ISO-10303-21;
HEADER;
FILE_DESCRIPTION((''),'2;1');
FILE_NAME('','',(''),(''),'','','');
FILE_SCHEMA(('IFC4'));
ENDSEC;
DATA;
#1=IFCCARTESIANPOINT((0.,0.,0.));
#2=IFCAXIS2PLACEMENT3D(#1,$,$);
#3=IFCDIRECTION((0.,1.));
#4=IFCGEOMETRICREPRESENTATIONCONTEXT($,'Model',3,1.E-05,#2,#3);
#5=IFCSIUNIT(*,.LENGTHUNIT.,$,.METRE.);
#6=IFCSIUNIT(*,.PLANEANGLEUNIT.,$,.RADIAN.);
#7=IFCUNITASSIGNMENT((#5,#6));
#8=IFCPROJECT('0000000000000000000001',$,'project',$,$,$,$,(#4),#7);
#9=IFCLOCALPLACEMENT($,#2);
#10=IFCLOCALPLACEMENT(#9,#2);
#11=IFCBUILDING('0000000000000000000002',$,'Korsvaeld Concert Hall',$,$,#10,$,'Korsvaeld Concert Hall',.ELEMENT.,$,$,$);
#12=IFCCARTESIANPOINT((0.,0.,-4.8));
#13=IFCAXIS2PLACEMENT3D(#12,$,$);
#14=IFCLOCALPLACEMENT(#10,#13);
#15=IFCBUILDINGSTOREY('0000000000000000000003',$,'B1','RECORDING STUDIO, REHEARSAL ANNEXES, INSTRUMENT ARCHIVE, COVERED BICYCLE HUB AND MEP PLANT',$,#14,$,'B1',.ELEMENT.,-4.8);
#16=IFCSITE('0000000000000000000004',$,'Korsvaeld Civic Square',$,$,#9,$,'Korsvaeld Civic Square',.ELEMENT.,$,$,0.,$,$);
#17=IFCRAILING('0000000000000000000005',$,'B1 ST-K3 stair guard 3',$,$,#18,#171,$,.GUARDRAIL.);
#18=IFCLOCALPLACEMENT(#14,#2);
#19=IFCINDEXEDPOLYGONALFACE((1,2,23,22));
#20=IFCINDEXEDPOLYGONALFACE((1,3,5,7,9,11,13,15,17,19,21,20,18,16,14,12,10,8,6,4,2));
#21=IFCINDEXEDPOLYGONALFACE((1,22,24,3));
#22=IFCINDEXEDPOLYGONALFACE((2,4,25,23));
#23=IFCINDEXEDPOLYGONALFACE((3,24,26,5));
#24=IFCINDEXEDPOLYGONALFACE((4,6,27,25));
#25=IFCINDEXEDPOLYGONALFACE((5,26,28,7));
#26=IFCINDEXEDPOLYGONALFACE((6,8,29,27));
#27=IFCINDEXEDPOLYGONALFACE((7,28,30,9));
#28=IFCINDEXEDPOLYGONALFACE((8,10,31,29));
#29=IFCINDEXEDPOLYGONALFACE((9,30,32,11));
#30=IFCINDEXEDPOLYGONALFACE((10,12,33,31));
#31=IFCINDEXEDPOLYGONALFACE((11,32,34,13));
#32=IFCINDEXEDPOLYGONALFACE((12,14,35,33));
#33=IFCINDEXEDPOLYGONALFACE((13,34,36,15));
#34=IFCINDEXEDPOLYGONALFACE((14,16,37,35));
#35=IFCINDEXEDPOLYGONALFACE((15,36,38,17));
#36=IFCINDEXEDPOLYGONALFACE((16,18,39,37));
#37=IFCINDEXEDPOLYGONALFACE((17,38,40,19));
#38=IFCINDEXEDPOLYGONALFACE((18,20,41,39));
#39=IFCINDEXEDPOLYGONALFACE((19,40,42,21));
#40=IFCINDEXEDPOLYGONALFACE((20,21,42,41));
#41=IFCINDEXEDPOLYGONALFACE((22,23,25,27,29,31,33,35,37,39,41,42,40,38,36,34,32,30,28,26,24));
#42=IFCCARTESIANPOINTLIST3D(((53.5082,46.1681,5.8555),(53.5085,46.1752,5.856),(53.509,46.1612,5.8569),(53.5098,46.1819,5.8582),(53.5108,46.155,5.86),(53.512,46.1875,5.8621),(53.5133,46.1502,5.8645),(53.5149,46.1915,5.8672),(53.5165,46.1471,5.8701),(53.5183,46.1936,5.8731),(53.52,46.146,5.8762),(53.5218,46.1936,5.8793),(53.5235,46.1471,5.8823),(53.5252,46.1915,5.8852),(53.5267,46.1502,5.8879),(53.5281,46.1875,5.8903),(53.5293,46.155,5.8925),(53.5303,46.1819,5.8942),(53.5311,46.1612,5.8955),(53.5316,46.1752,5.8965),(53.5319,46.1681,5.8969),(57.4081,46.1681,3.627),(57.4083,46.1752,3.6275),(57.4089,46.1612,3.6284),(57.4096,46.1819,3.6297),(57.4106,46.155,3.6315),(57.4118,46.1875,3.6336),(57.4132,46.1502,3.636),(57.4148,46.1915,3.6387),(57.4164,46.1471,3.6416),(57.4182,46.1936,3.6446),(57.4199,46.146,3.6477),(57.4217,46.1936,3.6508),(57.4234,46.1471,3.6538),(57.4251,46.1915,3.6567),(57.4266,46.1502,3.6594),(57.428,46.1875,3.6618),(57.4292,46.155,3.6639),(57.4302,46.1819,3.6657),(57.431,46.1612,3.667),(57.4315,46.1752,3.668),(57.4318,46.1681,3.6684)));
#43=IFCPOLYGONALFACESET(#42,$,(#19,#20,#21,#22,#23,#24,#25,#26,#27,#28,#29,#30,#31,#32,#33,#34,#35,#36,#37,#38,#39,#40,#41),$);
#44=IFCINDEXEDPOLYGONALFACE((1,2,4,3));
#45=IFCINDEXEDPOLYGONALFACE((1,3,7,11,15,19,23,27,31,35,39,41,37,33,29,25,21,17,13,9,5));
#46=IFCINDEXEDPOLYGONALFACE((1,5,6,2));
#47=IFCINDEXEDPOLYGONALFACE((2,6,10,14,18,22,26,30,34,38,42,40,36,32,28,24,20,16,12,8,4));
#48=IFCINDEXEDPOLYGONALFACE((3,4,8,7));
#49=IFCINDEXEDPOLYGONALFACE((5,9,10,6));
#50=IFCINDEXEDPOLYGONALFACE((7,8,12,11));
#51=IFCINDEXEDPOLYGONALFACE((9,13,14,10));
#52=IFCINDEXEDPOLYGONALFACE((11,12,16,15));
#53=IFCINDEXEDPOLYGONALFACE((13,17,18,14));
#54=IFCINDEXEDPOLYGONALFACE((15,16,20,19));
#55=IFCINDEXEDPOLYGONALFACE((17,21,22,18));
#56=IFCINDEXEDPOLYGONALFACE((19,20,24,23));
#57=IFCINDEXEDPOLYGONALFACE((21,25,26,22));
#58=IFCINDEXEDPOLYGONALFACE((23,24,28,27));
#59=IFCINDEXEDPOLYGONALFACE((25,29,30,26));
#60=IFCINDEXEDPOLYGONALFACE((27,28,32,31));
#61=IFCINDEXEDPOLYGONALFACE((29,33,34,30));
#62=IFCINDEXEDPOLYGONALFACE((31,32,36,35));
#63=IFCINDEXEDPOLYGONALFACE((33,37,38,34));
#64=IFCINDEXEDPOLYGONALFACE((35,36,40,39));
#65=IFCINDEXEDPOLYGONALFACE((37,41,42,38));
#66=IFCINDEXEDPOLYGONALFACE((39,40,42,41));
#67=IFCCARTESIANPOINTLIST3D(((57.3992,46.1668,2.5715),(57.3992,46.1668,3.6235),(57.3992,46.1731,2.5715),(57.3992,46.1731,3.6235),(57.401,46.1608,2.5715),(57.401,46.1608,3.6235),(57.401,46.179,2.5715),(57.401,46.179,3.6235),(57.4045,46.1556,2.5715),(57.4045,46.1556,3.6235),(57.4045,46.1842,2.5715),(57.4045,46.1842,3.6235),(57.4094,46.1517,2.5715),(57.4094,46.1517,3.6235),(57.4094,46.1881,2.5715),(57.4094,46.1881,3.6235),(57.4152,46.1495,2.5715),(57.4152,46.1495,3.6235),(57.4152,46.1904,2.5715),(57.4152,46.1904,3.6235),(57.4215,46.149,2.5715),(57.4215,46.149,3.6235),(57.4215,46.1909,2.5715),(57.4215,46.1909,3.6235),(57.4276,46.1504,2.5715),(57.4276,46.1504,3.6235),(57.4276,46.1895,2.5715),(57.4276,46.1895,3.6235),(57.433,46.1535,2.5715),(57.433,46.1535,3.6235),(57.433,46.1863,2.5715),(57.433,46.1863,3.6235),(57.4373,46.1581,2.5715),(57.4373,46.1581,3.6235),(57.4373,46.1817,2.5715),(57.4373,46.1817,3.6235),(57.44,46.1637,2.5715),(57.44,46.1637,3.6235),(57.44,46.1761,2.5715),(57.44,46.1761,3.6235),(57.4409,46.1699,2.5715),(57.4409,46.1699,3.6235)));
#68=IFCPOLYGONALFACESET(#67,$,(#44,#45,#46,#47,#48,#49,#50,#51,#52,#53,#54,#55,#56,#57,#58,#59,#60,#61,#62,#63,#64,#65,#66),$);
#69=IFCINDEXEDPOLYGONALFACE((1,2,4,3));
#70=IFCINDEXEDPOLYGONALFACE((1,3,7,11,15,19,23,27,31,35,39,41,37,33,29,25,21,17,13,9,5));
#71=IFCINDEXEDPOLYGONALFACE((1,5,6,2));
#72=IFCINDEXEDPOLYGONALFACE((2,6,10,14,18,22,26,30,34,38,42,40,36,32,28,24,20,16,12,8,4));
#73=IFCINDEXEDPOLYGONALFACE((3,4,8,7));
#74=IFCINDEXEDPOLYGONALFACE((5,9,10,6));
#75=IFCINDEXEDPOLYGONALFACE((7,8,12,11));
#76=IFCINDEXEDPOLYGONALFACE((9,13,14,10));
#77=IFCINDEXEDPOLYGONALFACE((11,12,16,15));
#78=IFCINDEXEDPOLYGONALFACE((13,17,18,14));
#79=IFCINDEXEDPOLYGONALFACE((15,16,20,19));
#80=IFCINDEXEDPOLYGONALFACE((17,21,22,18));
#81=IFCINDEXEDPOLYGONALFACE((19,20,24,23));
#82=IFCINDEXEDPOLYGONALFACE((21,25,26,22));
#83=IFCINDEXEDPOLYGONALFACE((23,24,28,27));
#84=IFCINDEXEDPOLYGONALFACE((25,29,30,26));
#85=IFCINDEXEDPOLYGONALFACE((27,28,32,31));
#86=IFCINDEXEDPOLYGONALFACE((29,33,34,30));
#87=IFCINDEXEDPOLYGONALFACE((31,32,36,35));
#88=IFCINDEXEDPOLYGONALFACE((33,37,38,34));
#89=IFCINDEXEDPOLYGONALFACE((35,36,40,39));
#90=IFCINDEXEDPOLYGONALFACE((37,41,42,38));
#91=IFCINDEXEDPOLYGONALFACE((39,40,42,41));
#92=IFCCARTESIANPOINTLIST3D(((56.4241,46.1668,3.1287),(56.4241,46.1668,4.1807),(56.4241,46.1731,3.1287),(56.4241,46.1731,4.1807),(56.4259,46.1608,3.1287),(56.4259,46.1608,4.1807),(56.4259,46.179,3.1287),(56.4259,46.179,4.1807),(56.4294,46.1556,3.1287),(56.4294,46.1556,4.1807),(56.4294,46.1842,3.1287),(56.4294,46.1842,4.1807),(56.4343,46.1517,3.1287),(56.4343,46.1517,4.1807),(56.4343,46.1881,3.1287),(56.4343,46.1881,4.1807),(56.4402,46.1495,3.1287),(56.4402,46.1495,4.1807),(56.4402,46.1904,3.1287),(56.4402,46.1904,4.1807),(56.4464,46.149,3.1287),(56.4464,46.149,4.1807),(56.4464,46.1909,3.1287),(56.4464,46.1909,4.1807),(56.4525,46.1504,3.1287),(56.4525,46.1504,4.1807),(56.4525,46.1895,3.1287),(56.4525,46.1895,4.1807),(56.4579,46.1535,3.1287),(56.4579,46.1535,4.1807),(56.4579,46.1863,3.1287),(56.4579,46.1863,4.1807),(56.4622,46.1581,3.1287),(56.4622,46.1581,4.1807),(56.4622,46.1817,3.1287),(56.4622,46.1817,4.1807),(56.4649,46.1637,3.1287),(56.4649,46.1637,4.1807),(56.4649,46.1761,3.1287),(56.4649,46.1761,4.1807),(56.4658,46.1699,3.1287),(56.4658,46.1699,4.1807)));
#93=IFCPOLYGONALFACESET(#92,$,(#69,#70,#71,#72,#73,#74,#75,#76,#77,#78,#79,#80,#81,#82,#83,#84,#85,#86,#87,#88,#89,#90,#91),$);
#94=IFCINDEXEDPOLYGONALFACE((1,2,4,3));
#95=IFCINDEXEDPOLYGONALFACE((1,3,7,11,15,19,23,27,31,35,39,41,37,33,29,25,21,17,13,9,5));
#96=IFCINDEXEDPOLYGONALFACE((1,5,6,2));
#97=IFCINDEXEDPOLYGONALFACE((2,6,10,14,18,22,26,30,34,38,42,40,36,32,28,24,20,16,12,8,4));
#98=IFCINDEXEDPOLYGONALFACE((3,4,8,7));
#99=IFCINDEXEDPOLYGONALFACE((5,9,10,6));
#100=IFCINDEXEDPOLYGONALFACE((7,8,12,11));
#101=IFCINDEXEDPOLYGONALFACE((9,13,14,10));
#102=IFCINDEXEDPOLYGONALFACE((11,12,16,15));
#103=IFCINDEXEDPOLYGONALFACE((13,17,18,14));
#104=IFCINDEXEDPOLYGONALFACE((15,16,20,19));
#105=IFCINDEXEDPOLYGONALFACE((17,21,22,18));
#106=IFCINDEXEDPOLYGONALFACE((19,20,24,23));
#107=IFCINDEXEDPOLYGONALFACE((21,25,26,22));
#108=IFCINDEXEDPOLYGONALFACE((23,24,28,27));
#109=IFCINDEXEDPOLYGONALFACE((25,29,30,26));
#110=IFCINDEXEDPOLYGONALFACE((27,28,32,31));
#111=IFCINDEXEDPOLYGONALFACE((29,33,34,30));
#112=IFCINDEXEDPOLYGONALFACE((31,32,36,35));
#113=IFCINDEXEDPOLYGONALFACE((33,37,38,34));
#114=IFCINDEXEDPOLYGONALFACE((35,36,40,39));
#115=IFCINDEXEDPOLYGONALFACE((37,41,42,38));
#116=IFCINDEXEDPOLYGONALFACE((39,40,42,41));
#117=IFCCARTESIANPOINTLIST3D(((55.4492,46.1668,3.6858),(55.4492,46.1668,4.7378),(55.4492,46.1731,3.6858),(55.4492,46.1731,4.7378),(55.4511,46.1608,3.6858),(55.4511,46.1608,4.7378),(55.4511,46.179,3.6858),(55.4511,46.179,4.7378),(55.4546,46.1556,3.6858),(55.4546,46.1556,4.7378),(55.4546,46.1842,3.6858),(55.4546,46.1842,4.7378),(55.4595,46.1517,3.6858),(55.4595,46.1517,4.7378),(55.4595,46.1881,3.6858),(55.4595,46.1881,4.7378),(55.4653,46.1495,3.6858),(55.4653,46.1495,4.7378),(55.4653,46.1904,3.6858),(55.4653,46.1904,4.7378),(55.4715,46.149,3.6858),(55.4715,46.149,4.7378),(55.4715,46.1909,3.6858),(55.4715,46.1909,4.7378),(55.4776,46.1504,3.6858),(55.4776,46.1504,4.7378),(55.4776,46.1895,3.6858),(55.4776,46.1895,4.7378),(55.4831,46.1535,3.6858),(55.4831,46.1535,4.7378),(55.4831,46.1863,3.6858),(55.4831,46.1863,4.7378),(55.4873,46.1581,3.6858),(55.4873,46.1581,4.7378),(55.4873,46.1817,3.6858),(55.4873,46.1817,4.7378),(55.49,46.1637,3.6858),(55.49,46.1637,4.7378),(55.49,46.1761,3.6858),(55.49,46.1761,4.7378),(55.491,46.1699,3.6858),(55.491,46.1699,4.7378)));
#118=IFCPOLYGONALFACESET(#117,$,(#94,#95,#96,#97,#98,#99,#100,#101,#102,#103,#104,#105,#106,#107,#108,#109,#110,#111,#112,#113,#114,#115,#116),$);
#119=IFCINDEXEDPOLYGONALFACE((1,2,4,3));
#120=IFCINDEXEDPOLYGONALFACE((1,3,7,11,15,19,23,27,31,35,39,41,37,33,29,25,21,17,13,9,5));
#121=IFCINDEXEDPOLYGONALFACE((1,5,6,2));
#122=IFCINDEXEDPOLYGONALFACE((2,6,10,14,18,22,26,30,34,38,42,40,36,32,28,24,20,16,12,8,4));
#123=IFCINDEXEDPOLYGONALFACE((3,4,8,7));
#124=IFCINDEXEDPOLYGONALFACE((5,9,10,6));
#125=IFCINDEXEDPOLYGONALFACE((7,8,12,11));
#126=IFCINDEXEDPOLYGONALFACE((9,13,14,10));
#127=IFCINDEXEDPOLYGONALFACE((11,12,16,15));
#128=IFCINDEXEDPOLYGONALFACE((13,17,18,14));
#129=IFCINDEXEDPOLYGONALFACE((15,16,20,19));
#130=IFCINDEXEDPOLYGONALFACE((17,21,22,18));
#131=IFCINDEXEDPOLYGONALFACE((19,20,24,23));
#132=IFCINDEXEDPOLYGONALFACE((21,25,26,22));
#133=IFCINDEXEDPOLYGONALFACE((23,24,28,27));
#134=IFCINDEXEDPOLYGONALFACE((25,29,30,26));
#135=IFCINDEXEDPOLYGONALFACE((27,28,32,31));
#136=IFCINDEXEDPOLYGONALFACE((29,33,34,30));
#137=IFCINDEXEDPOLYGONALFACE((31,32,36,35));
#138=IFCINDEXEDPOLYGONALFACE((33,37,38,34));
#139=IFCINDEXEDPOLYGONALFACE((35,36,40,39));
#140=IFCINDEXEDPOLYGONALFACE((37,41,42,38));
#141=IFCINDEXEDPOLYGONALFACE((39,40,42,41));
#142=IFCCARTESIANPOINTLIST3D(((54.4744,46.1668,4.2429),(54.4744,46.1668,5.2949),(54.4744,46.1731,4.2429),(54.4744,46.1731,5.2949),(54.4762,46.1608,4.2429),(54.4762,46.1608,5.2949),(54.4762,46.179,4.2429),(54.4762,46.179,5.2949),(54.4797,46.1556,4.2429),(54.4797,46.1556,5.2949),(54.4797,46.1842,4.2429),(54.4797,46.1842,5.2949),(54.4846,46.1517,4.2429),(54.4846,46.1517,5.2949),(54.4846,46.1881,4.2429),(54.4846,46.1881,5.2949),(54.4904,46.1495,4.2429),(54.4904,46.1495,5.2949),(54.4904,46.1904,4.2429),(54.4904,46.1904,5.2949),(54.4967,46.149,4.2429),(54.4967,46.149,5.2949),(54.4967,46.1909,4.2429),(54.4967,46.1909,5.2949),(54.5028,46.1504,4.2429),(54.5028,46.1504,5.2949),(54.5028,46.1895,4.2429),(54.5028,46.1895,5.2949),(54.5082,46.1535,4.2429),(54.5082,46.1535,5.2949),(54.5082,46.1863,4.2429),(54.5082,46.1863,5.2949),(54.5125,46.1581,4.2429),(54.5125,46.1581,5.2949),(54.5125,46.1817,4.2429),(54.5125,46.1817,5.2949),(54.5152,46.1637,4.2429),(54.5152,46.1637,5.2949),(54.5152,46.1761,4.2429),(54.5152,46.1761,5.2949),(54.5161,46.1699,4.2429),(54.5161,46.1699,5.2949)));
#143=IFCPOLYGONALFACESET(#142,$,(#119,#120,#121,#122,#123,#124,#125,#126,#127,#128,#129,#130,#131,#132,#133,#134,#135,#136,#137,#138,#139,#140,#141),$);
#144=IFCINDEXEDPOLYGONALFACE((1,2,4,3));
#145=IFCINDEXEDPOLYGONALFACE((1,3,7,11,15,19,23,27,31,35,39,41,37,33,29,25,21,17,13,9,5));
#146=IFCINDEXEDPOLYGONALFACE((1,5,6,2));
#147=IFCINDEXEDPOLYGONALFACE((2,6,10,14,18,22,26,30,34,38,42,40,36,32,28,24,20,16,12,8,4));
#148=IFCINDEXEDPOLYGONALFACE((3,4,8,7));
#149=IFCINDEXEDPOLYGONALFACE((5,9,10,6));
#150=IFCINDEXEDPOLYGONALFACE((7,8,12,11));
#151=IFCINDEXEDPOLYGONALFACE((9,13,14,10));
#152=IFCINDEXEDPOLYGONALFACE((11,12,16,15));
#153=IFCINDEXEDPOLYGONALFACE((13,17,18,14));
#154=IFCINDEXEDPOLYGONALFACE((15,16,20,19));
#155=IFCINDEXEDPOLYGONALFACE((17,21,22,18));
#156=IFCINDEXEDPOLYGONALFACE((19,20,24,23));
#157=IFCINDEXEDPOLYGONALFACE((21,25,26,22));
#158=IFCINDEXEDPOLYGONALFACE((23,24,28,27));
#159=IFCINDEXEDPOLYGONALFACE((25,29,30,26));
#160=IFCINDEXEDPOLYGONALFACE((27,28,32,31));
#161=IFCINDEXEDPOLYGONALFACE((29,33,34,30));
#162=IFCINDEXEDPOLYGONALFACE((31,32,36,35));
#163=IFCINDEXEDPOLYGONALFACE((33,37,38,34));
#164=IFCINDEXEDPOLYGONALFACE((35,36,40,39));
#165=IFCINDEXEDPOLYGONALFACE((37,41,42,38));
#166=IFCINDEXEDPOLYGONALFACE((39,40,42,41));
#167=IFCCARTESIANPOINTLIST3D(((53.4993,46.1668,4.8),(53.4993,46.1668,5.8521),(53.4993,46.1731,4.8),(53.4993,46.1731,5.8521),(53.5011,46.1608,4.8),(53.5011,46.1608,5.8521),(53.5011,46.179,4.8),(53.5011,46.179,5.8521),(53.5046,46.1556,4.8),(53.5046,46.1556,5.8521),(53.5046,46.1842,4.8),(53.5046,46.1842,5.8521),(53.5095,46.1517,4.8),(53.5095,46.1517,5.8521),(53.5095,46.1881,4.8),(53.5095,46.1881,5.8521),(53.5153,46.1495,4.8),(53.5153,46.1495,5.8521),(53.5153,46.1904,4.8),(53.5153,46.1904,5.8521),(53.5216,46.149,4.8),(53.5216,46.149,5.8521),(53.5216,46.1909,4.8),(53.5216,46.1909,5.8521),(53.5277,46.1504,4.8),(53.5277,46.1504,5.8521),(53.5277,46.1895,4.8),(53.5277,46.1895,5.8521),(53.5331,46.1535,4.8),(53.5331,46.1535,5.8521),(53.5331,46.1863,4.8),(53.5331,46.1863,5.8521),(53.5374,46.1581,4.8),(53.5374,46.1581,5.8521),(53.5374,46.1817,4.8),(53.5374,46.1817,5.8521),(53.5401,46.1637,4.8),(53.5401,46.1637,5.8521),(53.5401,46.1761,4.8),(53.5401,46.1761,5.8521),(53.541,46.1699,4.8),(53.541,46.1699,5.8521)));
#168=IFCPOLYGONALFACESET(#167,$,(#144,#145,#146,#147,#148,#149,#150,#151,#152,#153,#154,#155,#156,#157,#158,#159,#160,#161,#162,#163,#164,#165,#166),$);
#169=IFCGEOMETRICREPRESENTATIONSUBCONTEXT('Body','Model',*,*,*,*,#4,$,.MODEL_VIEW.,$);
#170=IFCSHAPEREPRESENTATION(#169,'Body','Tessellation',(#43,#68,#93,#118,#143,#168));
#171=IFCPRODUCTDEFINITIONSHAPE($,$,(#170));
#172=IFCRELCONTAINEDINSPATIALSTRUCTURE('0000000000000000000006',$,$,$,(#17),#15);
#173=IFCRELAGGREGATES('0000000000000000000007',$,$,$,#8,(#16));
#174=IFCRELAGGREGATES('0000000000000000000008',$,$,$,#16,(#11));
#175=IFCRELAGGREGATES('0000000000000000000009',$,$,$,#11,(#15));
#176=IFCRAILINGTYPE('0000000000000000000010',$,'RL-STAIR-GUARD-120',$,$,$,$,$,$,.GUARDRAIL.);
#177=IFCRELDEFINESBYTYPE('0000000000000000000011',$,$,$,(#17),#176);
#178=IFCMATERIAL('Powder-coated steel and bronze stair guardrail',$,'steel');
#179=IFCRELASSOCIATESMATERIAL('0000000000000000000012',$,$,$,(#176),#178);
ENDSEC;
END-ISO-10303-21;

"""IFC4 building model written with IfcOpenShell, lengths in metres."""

from ifc_helpers import new_model, si_unit, direction, frame, origin, origin_2d, place, context, subcontext, project, spatial, circle, extrude, material, type_object, element, save


model = new_model("IFC4")

# Units and contexts
model_context = context("Model", 3, precision=1e-05, world=origin(), true_north=direction((0.0, 1.0)))
body_context = subcontext(model_context, "Body", "Model", "MODEL_VIEW")
ifc_project = project(units=[si_unit("LENGTHUNIT", "METRE"), si_unit("PLANEANGLEUNIT", "RADIAN")], contexts=[model_context])

# Site, building, storey
site_placement = place(None, origin())
site = spatial("IfcSite", under=ifc_project, at=site_placement, Name="Korsvaeld Civic Square", LongName="Korsvaeld Civic Square", CompositionType="ELEMENT", RefElevation=0.0)
building_placement = place(site_placement, origin())
building = spatial("IfcBuilding", under=site, at=building_placement, Name="Korsvaeld Concert Hall", LongName="Korsvaeld Concert Hall", CompositionType="ELEMENT")
storey_placement = place(building_placement, frame((0.0, 0.0, -4.8)))
storey = spatial("IfcBuildingStorey", under=building, at=storey_placement, Name="B1", Description="RECORDING STUDIO, REHEARSAL ANNEXES, INSTRUMENT ARCHIVE, COVERED BICYCLE HUB AND MEP PLANT", LongName="B1", CompositionType="ELEMENT", Elevation=-4.8)

# Railing
ifc_material_1 = material(Name="Powder-coated steel and bronze stair guardrail", Category="steel")
railing_type_1 = type_object("IfcRailingType", Name="RL-STAIR-GUARD-120", PredefinedType="GUARDRAIL", material=ifc_material_1)
railing_1_placement = place(storey_placement, frame((57.4199, 46.1699, 2.5715)))
element("IfcRailing", 1, at=railing_1_placement, inside=storey, type_object=railing_type_1, Name="B1 ST-K3 stair guard 3", PredefinedType="GUARDRAIL", context=body_context, shape_type="SweptSolid", body=[
    extrude(circle(Radius=0.0239, at=origin_2d()), frame((0.0, 0.0, 1.0762), z_axis=(-0.868243, 0.0, 0.496139), x_axis=(0.0, -1.0, 0.0)), (0.0, 0.0, 1.0), 4.4917),
    extrude(circle(Radius=0.021, at=origin_2d()), origin(), (0.0, 0.0, 1.0), 1.052),
    extrude(circle(Radius=0.021, at=origin_2d()), frame((-0.9751, 0.0, 0.5571)), (0.0, 0.0, 1.0), 1.052),
    extrude(circle(Radius=0.021, at=origin_2d()), frame((-1.95, 0.0, 1.1143)), (0.0, 0.0, 1.0), 1.052),
    extrude(circle(Radius=0.021, at=origin_2d()), frame((-2.9248, 0.0, 1.6714)), (0.0, 0.0, 1.0), 1.052),
    extrude(circle(Radius=0.021, at=origin_2d()), frame((-3.8999, 0.0, 2.2285)), (0.0, 0.0, 1.0), 1.052),
])

save(model, "model.ifc")
